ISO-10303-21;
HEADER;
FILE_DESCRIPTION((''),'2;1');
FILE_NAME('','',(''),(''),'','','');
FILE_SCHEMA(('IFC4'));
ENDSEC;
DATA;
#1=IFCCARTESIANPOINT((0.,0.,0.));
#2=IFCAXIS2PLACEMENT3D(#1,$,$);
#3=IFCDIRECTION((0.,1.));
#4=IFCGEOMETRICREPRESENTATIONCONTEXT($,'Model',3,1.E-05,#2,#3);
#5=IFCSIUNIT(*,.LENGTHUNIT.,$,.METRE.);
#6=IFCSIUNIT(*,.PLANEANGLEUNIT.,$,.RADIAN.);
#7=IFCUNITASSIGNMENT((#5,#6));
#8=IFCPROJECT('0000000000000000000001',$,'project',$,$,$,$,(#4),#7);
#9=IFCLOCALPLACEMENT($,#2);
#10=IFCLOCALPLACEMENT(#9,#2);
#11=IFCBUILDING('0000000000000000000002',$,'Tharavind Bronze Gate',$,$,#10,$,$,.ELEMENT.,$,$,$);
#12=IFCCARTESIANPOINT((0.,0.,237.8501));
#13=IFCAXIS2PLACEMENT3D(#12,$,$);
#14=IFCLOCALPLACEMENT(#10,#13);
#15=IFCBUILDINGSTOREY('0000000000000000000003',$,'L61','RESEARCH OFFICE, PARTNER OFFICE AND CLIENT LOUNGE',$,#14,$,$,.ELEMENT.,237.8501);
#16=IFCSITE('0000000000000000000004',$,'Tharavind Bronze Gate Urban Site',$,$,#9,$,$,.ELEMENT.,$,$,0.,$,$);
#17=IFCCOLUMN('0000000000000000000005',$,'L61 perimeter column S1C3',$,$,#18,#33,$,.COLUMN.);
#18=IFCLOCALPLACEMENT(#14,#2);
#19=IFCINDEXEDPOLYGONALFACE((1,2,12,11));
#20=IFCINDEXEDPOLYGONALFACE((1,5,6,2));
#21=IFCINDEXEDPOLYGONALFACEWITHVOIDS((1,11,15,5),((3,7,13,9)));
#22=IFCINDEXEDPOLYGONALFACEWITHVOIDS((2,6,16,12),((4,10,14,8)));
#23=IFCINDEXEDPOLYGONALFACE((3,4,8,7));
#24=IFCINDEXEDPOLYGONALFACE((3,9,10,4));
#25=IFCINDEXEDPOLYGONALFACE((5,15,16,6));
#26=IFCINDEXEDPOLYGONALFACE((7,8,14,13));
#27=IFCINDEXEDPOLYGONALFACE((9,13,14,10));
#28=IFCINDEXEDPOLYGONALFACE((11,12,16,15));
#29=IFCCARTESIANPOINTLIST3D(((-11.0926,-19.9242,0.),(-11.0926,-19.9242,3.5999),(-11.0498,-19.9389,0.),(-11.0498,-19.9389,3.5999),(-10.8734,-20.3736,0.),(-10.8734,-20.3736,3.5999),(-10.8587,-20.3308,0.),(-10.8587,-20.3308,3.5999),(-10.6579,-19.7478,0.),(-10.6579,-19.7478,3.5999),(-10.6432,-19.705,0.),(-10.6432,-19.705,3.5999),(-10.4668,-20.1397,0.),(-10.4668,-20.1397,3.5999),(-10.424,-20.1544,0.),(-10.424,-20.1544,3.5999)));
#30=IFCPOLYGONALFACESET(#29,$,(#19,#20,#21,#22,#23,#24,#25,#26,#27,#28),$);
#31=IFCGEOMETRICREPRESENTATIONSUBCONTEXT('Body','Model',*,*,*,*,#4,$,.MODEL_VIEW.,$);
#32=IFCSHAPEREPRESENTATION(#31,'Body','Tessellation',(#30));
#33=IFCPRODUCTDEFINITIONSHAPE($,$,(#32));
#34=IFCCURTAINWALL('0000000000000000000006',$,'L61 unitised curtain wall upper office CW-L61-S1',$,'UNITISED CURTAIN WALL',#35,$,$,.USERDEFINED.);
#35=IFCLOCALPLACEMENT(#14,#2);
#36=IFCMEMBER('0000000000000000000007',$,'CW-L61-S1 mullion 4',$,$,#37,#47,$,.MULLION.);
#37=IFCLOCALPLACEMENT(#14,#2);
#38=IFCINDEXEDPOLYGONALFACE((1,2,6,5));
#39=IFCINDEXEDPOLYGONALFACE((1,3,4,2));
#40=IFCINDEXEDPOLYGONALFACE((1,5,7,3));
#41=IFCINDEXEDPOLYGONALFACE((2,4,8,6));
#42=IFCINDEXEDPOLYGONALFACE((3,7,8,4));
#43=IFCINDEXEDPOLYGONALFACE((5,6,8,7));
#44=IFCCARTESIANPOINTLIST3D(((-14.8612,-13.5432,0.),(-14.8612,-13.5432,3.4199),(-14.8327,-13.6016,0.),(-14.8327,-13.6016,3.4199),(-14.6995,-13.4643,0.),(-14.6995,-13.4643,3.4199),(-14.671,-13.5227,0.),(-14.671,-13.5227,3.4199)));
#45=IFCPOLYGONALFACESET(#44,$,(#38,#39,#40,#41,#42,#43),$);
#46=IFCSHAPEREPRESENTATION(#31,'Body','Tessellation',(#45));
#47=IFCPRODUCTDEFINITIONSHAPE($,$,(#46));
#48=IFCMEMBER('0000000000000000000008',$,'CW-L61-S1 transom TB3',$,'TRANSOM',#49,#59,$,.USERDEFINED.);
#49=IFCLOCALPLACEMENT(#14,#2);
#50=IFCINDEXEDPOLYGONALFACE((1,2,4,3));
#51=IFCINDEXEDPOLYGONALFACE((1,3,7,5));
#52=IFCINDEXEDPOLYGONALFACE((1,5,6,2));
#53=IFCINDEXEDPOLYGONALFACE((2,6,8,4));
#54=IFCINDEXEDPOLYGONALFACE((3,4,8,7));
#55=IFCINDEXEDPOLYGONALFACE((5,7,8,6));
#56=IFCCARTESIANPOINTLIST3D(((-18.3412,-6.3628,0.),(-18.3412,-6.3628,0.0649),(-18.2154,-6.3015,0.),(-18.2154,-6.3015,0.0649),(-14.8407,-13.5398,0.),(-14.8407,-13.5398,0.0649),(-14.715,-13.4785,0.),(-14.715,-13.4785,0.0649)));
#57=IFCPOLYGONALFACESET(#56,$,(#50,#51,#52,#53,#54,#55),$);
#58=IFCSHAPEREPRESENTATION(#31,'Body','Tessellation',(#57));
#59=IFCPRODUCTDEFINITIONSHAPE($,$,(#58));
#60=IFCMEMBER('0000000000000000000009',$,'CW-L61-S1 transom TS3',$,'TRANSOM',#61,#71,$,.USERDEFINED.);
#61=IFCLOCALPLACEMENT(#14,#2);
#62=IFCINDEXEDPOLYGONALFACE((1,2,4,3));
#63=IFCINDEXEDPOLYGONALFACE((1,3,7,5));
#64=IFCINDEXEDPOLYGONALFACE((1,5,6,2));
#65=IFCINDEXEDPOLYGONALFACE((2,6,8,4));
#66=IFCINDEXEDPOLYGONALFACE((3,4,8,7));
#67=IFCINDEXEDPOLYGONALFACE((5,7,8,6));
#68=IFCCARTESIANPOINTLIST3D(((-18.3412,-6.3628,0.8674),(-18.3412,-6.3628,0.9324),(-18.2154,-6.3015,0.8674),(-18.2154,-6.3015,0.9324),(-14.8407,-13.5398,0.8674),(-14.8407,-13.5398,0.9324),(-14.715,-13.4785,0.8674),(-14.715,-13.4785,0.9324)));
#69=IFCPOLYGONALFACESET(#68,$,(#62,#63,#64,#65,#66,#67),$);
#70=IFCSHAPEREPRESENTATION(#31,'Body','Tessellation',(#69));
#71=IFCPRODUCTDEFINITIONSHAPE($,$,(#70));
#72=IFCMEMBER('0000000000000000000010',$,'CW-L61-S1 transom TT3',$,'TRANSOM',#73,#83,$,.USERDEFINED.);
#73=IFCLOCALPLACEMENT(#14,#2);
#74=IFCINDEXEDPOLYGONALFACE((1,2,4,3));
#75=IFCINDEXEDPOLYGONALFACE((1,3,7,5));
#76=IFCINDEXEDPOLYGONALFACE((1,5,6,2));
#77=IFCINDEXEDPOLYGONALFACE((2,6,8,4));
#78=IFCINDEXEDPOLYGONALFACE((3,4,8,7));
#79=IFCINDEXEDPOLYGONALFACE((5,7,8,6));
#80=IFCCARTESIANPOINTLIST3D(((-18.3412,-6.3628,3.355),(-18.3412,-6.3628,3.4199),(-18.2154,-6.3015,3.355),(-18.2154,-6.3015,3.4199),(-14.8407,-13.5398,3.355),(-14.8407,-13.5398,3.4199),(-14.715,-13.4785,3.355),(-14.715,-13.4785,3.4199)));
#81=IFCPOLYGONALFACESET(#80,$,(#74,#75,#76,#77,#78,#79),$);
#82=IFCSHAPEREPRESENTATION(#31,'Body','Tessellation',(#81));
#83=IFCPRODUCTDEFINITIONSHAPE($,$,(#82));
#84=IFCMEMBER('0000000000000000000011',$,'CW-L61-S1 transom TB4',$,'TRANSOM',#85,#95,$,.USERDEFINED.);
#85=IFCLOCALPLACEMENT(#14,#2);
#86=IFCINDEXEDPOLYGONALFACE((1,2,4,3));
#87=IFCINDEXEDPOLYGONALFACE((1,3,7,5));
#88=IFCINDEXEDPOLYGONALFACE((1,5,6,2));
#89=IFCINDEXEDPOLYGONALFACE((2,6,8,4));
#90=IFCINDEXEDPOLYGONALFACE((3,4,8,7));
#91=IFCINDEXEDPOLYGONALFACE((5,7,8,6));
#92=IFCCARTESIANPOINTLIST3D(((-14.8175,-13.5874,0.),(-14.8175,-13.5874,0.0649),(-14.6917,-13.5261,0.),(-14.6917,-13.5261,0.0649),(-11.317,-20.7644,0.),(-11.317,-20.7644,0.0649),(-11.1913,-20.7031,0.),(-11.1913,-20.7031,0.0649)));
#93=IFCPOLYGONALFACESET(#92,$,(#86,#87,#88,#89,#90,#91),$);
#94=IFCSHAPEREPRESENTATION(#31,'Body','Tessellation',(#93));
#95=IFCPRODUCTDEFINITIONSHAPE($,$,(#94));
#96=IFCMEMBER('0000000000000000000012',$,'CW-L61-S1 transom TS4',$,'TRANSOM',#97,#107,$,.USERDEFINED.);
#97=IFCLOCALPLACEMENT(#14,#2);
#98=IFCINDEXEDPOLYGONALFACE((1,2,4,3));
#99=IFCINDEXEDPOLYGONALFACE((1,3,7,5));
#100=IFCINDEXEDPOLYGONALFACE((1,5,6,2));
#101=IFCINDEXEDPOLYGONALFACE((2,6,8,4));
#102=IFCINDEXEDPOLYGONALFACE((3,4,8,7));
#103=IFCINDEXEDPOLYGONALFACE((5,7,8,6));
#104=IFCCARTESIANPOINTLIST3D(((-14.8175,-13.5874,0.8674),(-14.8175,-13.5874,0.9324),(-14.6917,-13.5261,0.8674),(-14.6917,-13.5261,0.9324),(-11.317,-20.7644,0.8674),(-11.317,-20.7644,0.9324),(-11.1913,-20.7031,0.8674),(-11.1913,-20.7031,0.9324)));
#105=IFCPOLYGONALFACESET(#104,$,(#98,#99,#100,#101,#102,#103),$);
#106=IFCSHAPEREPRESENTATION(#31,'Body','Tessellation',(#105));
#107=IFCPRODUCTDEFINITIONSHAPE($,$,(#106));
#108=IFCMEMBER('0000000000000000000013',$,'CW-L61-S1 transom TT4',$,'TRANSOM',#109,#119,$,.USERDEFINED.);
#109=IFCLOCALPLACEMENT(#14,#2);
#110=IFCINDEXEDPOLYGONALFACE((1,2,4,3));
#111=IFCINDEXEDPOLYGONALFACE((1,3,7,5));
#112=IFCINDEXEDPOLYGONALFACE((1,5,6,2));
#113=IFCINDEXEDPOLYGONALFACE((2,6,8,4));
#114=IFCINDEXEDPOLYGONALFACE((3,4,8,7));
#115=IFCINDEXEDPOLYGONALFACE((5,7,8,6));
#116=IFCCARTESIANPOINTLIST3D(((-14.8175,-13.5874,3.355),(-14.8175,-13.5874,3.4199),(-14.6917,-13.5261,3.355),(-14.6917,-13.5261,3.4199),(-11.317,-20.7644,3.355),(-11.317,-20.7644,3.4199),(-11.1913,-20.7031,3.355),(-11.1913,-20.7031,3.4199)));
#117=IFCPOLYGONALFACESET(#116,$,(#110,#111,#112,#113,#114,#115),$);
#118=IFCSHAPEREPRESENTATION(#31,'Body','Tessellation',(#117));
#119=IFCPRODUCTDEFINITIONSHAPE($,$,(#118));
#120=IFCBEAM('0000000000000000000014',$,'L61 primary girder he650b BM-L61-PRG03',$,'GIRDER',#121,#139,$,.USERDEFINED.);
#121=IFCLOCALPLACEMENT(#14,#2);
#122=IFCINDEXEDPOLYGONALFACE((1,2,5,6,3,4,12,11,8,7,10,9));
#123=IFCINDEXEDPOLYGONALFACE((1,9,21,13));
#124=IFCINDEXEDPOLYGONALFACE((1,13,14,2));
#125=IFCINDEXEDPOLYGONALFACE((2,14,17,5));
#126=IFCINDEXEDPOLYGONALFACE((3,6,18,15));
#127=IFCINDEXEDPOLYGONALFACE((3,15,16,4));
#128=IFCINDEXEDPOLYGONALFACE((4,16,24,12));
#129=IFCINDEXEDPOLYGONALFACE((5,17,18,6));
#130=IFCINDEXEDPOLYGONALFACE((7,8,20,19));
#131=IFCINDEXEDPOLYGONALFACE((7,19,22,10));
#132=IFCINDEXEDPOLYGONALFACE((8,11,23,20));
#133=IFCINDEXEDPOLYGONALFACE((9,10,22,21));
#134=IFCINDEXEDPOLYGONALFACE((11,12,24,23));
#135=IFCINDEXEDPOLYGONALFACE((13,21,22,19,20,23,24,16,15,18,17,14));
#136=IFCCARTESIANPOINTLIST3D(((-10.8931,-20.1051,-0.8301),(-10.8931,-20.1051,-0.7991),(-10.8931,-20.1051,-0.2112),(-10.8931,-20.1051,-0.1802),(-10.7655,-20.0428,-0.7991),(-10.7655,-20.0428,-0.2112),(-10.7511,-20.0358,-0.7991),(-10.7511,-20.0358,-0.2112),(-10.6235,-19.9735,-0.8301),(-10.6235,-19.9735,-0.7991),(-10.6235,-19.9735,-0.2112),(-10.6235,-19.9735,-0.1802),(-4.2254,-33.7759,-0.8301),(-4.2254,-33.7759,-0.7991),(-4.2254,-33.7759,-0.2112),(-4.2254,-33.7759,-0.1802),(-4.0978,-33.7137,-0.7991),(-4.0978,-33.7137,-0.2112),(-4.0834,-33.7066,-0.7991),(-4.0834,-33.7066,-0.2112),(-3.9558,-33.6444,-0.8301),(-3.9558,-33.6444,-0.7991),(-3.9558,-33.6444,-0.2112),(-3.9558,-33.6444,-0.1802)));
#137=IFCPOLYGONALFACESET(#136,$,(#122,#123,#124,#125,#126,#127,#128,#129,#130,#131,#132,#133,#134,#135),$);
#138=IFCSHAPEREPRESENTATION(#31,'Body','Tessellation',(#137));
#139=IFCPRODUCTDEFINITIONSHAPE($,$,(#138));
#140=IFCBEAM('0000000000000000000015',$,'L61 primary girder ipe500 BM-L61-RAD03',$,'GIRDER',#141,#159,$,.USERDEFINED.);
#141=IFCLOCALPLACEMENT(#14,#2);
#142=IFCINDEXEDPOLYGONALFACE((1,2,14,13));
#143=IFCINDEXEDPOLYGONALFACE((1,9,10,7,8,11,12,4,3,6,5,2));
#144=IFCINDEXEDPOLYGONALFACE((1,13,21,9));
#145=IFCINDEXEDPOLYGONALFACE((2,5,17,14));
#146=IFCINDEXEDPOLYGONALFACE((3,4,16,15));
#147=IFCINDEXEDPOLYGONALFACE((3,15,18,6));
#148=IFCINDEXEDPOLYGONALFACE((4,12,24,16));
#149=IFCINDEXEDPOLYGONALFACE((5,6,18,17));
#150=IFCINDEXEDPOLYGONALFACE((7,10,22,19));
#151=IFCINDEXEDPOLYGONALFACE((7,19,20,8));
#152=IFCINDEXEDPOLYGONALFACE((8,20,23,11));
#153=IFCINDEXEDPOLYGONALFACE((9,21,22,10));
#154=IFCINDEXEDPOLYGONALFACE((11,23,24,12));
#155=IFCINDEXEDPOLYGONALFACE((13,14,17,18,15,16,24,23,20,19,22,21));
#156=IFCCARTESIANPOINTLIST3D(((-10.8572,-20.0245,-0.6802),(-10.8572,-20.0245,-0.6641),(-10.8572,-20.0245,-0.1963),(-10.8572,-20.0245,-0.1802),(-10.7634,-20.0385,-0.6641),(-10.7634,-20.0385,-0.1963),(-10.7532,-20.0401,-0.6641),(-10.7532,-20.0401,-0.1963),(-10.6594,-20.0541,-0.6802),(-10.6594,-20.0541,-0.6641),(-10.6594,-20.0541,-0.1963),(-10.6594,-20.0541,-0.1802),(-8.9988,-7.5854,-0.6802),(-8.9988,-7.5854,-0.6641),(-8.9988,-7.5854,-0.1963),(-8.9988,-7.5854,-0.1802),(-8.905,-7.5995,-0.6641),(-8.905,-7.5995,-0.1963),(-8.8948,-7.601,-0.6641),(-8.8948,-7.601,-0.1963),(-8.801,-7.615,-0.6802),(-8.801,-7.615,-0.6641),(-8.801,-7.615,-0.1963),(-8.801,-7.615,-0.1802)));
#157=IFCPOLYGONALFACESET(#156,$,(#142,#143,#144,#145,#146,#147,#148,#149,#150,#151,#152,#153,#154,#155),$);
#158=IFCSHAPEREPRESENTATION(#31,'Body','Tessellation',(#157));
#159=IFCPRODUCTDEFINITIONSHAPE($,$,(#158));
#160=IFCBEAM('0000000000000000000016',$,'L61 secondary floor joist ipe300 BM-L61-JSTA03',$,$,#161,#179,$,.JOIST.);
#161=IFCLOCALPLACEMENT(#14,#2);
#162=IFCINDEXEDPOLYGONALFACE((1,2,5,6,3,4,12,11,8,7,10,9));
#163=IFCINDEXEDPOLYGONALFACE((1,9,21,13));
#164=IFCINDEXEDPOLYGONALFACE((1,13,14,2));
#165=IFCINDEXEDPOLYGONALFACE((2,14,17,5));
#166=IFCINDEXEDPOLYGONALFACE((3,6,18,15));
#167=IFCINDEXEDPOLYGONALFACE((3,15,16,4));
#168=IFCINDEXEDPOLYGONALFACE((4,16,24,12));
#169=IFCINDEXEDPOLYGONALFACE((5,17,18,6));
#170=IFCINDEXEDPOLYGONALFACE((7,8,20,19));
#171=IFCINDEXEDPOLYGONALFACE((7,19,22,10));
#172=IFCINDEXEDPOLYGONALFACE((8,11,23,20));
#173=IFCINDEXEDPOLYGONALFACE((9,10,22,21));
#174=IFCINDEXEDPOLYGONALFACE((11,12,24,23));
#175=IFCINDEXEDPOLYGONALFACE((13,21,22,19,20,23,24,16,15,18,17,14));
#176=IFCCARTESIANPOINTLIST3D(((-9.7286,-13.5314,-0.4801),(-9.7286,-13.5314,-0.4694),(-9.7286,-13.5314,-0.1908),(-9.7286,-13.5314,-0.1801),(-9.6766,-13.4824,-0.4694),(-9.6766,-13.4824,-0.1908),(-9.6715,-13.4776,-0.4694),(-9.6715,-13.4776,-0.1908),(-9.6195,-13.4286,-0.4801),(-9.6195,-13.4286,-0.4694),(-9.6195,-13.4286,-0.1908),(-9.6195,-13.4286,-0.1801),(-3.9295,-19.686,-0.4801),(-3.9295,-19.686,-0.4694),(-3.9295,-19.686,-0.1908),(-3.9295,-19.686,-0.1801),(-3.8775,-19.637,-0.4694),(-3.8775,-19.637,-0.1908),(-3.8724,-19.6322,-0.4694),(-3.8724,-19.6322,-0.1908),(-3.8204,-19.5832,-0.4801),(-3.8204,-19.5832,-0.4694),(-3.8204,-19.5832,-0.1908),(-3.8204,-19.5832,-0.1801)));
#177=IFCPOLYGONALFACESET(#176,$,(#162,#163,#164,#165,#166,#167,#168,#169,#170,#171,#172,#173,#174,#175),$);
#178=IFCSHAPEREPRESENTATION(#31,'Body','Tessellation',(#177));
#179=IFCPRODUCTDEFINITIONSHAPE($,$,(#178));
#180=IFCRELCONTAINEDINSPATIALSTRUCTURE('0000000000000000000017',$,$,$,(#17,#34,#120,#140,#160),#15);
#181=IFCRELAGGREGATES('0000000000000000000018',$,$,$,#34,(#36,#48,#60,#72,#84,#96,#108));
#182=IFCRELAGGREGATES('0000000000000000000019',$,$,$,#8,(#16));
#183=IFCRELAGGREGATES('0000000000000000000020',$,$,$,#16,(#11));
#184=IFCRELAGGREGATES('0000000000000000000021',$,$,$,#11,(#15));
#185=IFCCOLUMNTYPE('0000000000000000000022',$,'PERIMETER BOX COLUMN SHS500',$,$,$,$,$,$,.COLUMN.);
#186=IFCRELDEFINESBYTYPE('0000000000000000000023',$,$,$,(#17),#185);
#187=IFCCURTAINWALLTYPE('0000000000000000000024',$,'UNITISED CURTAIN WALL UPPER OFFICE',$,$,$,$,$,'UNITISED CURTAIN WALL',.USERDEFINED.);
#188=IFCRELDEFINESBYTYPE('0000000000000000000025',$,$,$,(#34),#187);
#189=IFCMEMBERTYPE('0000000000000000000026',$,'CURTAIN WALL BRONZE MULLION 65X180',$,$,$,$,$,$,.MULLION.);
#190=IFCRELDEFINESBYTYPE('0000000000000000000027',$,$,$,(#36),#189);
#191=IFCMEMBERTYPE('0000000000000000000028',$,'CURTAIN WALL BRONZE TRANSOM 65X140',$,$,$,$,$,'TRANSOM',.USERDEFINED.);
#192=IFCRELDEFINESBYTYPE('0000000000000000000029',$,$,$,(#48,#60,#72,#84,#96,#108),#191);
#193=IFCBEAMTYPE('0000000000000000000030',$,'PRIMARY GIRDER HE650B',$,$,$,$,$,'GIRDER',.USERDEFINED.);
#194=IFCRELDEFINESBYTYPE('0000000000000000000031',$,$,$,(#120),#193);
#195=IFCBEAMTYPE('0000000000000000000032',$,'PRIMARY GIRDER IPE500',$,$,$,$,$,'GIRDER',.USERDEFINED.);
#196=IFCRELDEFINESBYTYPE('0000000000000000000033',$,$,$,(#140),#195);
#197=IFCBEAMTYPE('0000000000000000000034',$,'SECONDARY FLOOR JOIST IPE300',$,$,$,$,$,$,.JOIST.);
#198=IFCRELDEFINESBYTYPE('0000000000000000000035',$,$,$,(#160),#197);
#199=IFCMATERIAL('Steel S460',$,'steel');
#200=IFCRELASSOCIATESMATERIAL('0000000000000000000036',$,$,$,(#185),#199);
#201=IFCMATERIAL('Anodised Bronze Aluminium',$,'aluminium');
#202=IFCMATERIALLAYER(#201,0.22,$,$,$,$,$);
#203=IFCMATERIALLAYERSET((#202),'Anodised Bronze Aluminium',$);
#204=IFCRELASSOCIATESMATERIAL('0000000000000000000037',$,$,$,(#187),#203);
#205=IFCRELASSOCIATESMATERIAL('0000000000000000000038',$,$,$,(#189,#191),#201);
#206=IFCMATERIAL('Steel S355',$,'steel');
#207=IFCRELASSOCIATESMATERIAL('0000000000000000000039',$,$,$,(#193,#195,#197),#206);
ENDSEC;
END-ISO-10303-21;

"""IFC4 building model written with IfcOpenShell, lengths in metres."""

from ifc_helpers import new_model, si_unit, direction, frame, origin, origin_2d, place, context, subcontext, project, spatial, rectangle, hollow_rectangle, i_section, extrude, material, layer, layer_set, material_profile, profile_set, type_object, element, aggregate, save


model = new_model("IFC4")

# Units and contexts
model_context = context("Model", 3, precision=1e-05, world=origin(), true_north=direction((0.0, 1.0)))
body_context = subcontext(model_context, "Body", "Model", "MODEL_VIEW")
ifc_project = project(units=[si_unit("LENGTHUNIT", "METRE"), si_unit("PLANEANGLEUNIT", "RADIAN")], contexts=[model_context])

# Site, building, storey
site_placement = place(None, origin())
site = spatial("IfcSite", under=ifc_project, at=site_placement, Name="Tharavind Bronze Gate Urban Site", CompositionType="ELEMENT", RefElevation=0.0)
building_placement = place(site_placement, origin())
building = spatial("IfcBuilding", under=site, at=building_placement, Name="Tharavind Bronze Gate", CompositionType="ELEMENT")
storey_placement = place(building_placement, frame((0.0, 0.0, 237.8501)))
storey = spatial("IfcBuildingStorey", under=building, at=storey_placement, Name="L61", Description="RESEARCH OFFICE, PARTNER OFFICE AND CLIENT LOUNGE", CompositionType="ELEMENT", Elevation=237.8501)

# Column
ifc_material_1 = material(Name="Steel S460", Category="steel")
ifc_material_profile_1 = material_profile(ifc_material_1, hollow_rectangle(XDim=0.5, YDim=0.5, WallThickness=0.032, at=origin_2d()), Name="SHS500X32")
ifc_profile_set_1 = profile_set([ifc_material_profile_1], Name="Steel S460")
column_type = type_object("IfcColumnType", Name="PERIMETER BOX COLUMN SHS500", PredefinedType="COLUMN", material=ifc_profile_set_1)
column_placement = place(storey_placement, frame((-10.7583, -20.0393, 0.0), z_axis=(0.0, 0.0, 1.0), x_axis=(-0.438371, 0.898794, 0.0)))
element("IfcColumn", 1, at=column_placement, inside=storey, type_object=column_type, Name="L61 perimeter column S1C3", PredefinedType="COLUMN", context=body_context, shape_type="SweptSolid", body=[
    extrude(hollow_rectangle(XDim=0.5, YDim=0.5, WallThickness=0.032, at=origin_2d()), origin(), (0.0, 0.0, 1.0), 3.5999),
])

# Curtain wall, members
ifc_material_2 = material(Name="Anodised Bronze Aluminium", Category="aluminium")
ifc_layer_1 = layer(ifc_material_2, 0.22)
ifc_layer_set_1 = layer_set([ifc_layer_1], Name="Anodised Bronze Aluminium")
curtain_wall_type = type_object("IfcCurtainWallType", Name="UNITISED CURTAIN WALL UPPER OFFICE", ElementType="UNITISED CURTAIN WALL", PredefinedType="USERDEFINED", material=ifc_layer_set_1)
curtain_wall_placement = place(storey_placement, origin())
curtain_wall = element("IfcCurtainWall", 2, at=curtain_wall_placement, inside=storey, type_object=curtain_wall_type, Name="L61 unitised curtain wall upper office CW-L61-S1", ObjectType="UNITISED CURTAIN WALL", PredefinedType="USERDEFINED")
member_type_1 = type_object("IfcMemberType", Name="CURTAIN WALL BRONZE MULLION 65X180", PredefinedType="MULLION", material=ifc_material_2)
member_1_placement = place(storey_placement, frame((-14.7661, -13.533, 0.0), z_axis=(0.0, 0.0, 1.0), x_axis=(0.438371, -0.898794, 0.0)))
member_1 = element("IfcMember", 3, at=member_1_placement, type_object=member_type_1, Name="CW-L61-S1 mullion 4", PredefinedType="MULLION", context=body_context, shape_type="SweptSolid", body=[
    extrude(rectangle(XDim=0.0649, YDim=0.1799, at=origin_2d()), origin(), (0.0, 0.0, 1.0), 3.4199),
])
member_type_2 = type_object("IfcMemberType", Name="CURTAIN WALL BRONZE TRANSOM 65X140", ElementType="TRANSOM", PredefinedType="USERDEFINED", material=ifc_material_2)
member_2_placement = place(storey_placement, frame((-16.5281, -9.9207, 0.0), z_axis=(0.0, 0.0, 1.0), x_axis=(0.438371, -0.898794, 0.0)))
member_2 = element("IfcMember", 4, at=member_2_placement, type_object=member_type_2, Name="CW-L61-S1 transom TB3", ObjectType="TRANSOM", PredefinedType="USERDEFINED", context=body_context, shape_type="SweptSolid", body=[
    extrude(rectangle(XDim=7.9851, YDim=0.1399, at=origin_2d()), origin(), (0.0, 0.0, 1.0), 0.0649),
])
member_3_placement = place(storey_placement, frame((-16.5281, -9.9207, 0.8674), z_axis=(0.0, 0.0, 1.0), x_axis=(0.438371, -0.898794, 0.0)))
member_3 = element("IfcMember", 5, at=member_3_placement, type_object=member_type_2, Name="CW-L61-S1 transom TS3", ObjectType="TRANSOM", PredefinedType="USERDEFINED", context=body_context, shape_type="SweptSolid", body=[
    extrude(rectangle(XDim=7.9851, YDim=0.1399, at=origin_2d()), origin(), (0.0, 0.0, 1.0), 0.0649),
])
member_4_placement = place(storey_placement, frame((-16.5281, -9.9207, 3.355), z_axis=(0.0, 0.0, 1.0), x_axis=(0.438371, -0.898794, 0.0)))
member_4 = element("IfcMember", 6, at=member_4_placement, type_object=member_type_2, Name="CW-L61-S1 transom TT3", ObjectType="TRANSOM", PredefinedType="USERDEFINED", context=body_context, shape_type="SweptSolid", body=[
    extrude(rectangle(XDim=7.9851, YDim=0.1399, at=origin_2d()), origin(), (0.0, 0.0, 1.0), 0.0649),
])
member_5_placement = place(storey_placement, frame((-13.0044, -17.1453, 0.0), z_axis=(0.0, 0.0, 1.0), x_axis=(0.438371, -0.898794, 0.0)))
member_5 = element("IfcMember", 7, at=member_5_placement, type_object=member_type_2, Name="CW-L61-S1 transom TB4", ObjectType="TRANSOM", PredefinedType="USERDEFINED", context=body_context, shape_type="SweptSolid", body=[
    extrude(rectangle(XDim=7.9851, YDim=0.1399, at=origin_2d()), origin(), (0.0, 0.0, 1.0), 0.0649),
])
member_6_placement = place(storey_placement, frame((-13.0044, -17.1453, 0.8674), z_axis=(0.0, 0.0, 1.0), x_axis=(0.438371, -0.898794, 0.0)))
member_6 = element("IfcMember", 8, at=member_6_placement, type_object=member_type_2, Name="CW-L61-S1 transom TS4", ObjectType="TRANSOM", PredefinedType="USERDEFINED", context=body_context, shape_type="SweptSolid", body=[
    extrude(rectangle(XDim=7.9851, YDim=0.1399, at=origin_2d()), origin(), (0.0, 0.0, 1.0), 0.0649),
])
member_7_placement = place(storey_placement, frame((-13.0044, -17.1453, 3.355), z_axis=(0.0, 0.0, 1.0), x_axis=(0.438371, -0.898794, 0.0)))
member_7 = element("IfcMember", 9, at=member_7_placement, type_object=member_type_2, Name="CW-L61-S1 transom TT4", ObjectType="TRANSOM", PredefinedType="USERDEFINED", context=body_context, shape_type="SweptSolid", body=[
    extrude(rectangle(XDim=7.9851, YDim=0.1399, at=origin_2d()), origin(), (0.0, 0.0, 1.0), 0.0649),
])

# Beams
ifc_material_3 = material(Name="Steel S355", Category="steel")
ifc_material_profile_2 = material_profile(ifc_material_3, i_section(OverallWidth=0.3, OverallDepth=0.6499, WebThickness=0.0161, FlangeThickness=0.031, at=origin_2d()), Name="HE650B")
ifc_profile_set_2 = profile_set([ifc_material_profile_2], Name="Steel S355")
beam_type_1 = type_object("IfcBeamType", Name="PRIMARY GIRDER HE650B", ElementType="GIRDER", PredefinedType="USERDEFINED", material=ifc_profile_set_2)
beam_1_placement = place(storey_placement, frame((-10.7583, -20.0393, -0.5051), z_axis=(0.43837, -0.898795, 0.0), x_axis=(0.898795, 0.43837, 0.0)))
element("IfcBeam", 10, at=beam_1_placement, inside=storey, type_object=beam_type_1, Name="L61 primary girder he650b BM-L61-PRG03", ObjectType="GIRDER", PredefinedType="USERDEFINED", context=body_context, shape_type="SweptSolid", body=[
    extrude(i_section(OverallWidth=0.3, OverallDepth=0.6499, WebThickness=0.0161, FlangeThickness=0.031, at=origin_2d()), origin(), (0.0, 0.0, 1.0), 15.2102),
])
ifc_material_profile_3 = material_profile(ifc_material_3, i_section(OverallWidth=0.2, OverallDepth=0.5, WebThickness=0.0103, FlangeThickness=0.0161, at=origin_2d()), Name="IPE500")
ifc_profile_set_3 = profile_set([ifc_material_profile_3], Name="Steel S355")
beam_type_2 = type_object("IfcBeamType", Name="PRIMARY GIRDER IPE500", ElementType="GIRDER", PredefinedType="USERDEFINED", material=ifc_profile_set_3)
beam_2_placement = place(storey_placement, frame((-10.7583, -20.0393, -0.4302), z_axis=(0.147759, 0.989023, 0.0), x_axis=(-0.989023, 0.147759, 0.0)))
element("IfcBeam", 11, at=beam_2_placement, inside=storey, type_object=beam_type_2, Name="L61 primary girder ipe500 BM-L61-RAD03", ObjectType="GIRDER", PredefinedType="USERDEFINED", context=body_context, shape_type="SweptSolid", body=[
    extrude(i_section(OverallWidth=0.2, OverallDepth=0.5, WebThickness=0.0103, FlangeThickness=0.0161, at=origin_2d()), origin(), (0.0, 0.0, 1.0), 12.5771),
])
ifc_material_profile_4 = material_profile(ifc_material_3, i_section(OverallWidth=0.1499, OverallDepth=0.3, WebThickness=0.0071, FlangeThickness=0.0107, at=origin_2d()), Name="IPE300")
ifc_profile_set_4 = profile_set([ifc_material_profile_4], Name="Steel S355")
beam_type_3 = type_object("IfcBeamType", Name="SECONDARY FLOOR JOIST IPE300", PredefinedType="JOIST", material=ifc_profile_set_4)
beam_3_placement = place(storey_placement, frame((-9.6741, -13.48, -0.3301), z_axis=(0.685776, -0.727813, 0.0), x_axis=(0.727813, 0.685776, 0.0)))
element("IfcBeam", 12, at=beam_3_placement, inside=storey, type_object=beam_type_3, Name="L61 secondary floor joist ipe300 BM-L61-JSTA03", PredefinedType="JOIST", context=body_context, shape_type="SweptSolid", body=[
    extrude(i_section(OverallWidth=0.1499, OverallDepth=0.3, WebThickness=0.0071, FlangeThickness=0.0107, at=origin_2d()), origin(), (0.0, 0.0, 1.0), 8.4563),
])

aggregate(curtain_wall, [member_1, member_2, member_3, member_4, member_5, member_6, member_7])

save(model, "model.ifc")
